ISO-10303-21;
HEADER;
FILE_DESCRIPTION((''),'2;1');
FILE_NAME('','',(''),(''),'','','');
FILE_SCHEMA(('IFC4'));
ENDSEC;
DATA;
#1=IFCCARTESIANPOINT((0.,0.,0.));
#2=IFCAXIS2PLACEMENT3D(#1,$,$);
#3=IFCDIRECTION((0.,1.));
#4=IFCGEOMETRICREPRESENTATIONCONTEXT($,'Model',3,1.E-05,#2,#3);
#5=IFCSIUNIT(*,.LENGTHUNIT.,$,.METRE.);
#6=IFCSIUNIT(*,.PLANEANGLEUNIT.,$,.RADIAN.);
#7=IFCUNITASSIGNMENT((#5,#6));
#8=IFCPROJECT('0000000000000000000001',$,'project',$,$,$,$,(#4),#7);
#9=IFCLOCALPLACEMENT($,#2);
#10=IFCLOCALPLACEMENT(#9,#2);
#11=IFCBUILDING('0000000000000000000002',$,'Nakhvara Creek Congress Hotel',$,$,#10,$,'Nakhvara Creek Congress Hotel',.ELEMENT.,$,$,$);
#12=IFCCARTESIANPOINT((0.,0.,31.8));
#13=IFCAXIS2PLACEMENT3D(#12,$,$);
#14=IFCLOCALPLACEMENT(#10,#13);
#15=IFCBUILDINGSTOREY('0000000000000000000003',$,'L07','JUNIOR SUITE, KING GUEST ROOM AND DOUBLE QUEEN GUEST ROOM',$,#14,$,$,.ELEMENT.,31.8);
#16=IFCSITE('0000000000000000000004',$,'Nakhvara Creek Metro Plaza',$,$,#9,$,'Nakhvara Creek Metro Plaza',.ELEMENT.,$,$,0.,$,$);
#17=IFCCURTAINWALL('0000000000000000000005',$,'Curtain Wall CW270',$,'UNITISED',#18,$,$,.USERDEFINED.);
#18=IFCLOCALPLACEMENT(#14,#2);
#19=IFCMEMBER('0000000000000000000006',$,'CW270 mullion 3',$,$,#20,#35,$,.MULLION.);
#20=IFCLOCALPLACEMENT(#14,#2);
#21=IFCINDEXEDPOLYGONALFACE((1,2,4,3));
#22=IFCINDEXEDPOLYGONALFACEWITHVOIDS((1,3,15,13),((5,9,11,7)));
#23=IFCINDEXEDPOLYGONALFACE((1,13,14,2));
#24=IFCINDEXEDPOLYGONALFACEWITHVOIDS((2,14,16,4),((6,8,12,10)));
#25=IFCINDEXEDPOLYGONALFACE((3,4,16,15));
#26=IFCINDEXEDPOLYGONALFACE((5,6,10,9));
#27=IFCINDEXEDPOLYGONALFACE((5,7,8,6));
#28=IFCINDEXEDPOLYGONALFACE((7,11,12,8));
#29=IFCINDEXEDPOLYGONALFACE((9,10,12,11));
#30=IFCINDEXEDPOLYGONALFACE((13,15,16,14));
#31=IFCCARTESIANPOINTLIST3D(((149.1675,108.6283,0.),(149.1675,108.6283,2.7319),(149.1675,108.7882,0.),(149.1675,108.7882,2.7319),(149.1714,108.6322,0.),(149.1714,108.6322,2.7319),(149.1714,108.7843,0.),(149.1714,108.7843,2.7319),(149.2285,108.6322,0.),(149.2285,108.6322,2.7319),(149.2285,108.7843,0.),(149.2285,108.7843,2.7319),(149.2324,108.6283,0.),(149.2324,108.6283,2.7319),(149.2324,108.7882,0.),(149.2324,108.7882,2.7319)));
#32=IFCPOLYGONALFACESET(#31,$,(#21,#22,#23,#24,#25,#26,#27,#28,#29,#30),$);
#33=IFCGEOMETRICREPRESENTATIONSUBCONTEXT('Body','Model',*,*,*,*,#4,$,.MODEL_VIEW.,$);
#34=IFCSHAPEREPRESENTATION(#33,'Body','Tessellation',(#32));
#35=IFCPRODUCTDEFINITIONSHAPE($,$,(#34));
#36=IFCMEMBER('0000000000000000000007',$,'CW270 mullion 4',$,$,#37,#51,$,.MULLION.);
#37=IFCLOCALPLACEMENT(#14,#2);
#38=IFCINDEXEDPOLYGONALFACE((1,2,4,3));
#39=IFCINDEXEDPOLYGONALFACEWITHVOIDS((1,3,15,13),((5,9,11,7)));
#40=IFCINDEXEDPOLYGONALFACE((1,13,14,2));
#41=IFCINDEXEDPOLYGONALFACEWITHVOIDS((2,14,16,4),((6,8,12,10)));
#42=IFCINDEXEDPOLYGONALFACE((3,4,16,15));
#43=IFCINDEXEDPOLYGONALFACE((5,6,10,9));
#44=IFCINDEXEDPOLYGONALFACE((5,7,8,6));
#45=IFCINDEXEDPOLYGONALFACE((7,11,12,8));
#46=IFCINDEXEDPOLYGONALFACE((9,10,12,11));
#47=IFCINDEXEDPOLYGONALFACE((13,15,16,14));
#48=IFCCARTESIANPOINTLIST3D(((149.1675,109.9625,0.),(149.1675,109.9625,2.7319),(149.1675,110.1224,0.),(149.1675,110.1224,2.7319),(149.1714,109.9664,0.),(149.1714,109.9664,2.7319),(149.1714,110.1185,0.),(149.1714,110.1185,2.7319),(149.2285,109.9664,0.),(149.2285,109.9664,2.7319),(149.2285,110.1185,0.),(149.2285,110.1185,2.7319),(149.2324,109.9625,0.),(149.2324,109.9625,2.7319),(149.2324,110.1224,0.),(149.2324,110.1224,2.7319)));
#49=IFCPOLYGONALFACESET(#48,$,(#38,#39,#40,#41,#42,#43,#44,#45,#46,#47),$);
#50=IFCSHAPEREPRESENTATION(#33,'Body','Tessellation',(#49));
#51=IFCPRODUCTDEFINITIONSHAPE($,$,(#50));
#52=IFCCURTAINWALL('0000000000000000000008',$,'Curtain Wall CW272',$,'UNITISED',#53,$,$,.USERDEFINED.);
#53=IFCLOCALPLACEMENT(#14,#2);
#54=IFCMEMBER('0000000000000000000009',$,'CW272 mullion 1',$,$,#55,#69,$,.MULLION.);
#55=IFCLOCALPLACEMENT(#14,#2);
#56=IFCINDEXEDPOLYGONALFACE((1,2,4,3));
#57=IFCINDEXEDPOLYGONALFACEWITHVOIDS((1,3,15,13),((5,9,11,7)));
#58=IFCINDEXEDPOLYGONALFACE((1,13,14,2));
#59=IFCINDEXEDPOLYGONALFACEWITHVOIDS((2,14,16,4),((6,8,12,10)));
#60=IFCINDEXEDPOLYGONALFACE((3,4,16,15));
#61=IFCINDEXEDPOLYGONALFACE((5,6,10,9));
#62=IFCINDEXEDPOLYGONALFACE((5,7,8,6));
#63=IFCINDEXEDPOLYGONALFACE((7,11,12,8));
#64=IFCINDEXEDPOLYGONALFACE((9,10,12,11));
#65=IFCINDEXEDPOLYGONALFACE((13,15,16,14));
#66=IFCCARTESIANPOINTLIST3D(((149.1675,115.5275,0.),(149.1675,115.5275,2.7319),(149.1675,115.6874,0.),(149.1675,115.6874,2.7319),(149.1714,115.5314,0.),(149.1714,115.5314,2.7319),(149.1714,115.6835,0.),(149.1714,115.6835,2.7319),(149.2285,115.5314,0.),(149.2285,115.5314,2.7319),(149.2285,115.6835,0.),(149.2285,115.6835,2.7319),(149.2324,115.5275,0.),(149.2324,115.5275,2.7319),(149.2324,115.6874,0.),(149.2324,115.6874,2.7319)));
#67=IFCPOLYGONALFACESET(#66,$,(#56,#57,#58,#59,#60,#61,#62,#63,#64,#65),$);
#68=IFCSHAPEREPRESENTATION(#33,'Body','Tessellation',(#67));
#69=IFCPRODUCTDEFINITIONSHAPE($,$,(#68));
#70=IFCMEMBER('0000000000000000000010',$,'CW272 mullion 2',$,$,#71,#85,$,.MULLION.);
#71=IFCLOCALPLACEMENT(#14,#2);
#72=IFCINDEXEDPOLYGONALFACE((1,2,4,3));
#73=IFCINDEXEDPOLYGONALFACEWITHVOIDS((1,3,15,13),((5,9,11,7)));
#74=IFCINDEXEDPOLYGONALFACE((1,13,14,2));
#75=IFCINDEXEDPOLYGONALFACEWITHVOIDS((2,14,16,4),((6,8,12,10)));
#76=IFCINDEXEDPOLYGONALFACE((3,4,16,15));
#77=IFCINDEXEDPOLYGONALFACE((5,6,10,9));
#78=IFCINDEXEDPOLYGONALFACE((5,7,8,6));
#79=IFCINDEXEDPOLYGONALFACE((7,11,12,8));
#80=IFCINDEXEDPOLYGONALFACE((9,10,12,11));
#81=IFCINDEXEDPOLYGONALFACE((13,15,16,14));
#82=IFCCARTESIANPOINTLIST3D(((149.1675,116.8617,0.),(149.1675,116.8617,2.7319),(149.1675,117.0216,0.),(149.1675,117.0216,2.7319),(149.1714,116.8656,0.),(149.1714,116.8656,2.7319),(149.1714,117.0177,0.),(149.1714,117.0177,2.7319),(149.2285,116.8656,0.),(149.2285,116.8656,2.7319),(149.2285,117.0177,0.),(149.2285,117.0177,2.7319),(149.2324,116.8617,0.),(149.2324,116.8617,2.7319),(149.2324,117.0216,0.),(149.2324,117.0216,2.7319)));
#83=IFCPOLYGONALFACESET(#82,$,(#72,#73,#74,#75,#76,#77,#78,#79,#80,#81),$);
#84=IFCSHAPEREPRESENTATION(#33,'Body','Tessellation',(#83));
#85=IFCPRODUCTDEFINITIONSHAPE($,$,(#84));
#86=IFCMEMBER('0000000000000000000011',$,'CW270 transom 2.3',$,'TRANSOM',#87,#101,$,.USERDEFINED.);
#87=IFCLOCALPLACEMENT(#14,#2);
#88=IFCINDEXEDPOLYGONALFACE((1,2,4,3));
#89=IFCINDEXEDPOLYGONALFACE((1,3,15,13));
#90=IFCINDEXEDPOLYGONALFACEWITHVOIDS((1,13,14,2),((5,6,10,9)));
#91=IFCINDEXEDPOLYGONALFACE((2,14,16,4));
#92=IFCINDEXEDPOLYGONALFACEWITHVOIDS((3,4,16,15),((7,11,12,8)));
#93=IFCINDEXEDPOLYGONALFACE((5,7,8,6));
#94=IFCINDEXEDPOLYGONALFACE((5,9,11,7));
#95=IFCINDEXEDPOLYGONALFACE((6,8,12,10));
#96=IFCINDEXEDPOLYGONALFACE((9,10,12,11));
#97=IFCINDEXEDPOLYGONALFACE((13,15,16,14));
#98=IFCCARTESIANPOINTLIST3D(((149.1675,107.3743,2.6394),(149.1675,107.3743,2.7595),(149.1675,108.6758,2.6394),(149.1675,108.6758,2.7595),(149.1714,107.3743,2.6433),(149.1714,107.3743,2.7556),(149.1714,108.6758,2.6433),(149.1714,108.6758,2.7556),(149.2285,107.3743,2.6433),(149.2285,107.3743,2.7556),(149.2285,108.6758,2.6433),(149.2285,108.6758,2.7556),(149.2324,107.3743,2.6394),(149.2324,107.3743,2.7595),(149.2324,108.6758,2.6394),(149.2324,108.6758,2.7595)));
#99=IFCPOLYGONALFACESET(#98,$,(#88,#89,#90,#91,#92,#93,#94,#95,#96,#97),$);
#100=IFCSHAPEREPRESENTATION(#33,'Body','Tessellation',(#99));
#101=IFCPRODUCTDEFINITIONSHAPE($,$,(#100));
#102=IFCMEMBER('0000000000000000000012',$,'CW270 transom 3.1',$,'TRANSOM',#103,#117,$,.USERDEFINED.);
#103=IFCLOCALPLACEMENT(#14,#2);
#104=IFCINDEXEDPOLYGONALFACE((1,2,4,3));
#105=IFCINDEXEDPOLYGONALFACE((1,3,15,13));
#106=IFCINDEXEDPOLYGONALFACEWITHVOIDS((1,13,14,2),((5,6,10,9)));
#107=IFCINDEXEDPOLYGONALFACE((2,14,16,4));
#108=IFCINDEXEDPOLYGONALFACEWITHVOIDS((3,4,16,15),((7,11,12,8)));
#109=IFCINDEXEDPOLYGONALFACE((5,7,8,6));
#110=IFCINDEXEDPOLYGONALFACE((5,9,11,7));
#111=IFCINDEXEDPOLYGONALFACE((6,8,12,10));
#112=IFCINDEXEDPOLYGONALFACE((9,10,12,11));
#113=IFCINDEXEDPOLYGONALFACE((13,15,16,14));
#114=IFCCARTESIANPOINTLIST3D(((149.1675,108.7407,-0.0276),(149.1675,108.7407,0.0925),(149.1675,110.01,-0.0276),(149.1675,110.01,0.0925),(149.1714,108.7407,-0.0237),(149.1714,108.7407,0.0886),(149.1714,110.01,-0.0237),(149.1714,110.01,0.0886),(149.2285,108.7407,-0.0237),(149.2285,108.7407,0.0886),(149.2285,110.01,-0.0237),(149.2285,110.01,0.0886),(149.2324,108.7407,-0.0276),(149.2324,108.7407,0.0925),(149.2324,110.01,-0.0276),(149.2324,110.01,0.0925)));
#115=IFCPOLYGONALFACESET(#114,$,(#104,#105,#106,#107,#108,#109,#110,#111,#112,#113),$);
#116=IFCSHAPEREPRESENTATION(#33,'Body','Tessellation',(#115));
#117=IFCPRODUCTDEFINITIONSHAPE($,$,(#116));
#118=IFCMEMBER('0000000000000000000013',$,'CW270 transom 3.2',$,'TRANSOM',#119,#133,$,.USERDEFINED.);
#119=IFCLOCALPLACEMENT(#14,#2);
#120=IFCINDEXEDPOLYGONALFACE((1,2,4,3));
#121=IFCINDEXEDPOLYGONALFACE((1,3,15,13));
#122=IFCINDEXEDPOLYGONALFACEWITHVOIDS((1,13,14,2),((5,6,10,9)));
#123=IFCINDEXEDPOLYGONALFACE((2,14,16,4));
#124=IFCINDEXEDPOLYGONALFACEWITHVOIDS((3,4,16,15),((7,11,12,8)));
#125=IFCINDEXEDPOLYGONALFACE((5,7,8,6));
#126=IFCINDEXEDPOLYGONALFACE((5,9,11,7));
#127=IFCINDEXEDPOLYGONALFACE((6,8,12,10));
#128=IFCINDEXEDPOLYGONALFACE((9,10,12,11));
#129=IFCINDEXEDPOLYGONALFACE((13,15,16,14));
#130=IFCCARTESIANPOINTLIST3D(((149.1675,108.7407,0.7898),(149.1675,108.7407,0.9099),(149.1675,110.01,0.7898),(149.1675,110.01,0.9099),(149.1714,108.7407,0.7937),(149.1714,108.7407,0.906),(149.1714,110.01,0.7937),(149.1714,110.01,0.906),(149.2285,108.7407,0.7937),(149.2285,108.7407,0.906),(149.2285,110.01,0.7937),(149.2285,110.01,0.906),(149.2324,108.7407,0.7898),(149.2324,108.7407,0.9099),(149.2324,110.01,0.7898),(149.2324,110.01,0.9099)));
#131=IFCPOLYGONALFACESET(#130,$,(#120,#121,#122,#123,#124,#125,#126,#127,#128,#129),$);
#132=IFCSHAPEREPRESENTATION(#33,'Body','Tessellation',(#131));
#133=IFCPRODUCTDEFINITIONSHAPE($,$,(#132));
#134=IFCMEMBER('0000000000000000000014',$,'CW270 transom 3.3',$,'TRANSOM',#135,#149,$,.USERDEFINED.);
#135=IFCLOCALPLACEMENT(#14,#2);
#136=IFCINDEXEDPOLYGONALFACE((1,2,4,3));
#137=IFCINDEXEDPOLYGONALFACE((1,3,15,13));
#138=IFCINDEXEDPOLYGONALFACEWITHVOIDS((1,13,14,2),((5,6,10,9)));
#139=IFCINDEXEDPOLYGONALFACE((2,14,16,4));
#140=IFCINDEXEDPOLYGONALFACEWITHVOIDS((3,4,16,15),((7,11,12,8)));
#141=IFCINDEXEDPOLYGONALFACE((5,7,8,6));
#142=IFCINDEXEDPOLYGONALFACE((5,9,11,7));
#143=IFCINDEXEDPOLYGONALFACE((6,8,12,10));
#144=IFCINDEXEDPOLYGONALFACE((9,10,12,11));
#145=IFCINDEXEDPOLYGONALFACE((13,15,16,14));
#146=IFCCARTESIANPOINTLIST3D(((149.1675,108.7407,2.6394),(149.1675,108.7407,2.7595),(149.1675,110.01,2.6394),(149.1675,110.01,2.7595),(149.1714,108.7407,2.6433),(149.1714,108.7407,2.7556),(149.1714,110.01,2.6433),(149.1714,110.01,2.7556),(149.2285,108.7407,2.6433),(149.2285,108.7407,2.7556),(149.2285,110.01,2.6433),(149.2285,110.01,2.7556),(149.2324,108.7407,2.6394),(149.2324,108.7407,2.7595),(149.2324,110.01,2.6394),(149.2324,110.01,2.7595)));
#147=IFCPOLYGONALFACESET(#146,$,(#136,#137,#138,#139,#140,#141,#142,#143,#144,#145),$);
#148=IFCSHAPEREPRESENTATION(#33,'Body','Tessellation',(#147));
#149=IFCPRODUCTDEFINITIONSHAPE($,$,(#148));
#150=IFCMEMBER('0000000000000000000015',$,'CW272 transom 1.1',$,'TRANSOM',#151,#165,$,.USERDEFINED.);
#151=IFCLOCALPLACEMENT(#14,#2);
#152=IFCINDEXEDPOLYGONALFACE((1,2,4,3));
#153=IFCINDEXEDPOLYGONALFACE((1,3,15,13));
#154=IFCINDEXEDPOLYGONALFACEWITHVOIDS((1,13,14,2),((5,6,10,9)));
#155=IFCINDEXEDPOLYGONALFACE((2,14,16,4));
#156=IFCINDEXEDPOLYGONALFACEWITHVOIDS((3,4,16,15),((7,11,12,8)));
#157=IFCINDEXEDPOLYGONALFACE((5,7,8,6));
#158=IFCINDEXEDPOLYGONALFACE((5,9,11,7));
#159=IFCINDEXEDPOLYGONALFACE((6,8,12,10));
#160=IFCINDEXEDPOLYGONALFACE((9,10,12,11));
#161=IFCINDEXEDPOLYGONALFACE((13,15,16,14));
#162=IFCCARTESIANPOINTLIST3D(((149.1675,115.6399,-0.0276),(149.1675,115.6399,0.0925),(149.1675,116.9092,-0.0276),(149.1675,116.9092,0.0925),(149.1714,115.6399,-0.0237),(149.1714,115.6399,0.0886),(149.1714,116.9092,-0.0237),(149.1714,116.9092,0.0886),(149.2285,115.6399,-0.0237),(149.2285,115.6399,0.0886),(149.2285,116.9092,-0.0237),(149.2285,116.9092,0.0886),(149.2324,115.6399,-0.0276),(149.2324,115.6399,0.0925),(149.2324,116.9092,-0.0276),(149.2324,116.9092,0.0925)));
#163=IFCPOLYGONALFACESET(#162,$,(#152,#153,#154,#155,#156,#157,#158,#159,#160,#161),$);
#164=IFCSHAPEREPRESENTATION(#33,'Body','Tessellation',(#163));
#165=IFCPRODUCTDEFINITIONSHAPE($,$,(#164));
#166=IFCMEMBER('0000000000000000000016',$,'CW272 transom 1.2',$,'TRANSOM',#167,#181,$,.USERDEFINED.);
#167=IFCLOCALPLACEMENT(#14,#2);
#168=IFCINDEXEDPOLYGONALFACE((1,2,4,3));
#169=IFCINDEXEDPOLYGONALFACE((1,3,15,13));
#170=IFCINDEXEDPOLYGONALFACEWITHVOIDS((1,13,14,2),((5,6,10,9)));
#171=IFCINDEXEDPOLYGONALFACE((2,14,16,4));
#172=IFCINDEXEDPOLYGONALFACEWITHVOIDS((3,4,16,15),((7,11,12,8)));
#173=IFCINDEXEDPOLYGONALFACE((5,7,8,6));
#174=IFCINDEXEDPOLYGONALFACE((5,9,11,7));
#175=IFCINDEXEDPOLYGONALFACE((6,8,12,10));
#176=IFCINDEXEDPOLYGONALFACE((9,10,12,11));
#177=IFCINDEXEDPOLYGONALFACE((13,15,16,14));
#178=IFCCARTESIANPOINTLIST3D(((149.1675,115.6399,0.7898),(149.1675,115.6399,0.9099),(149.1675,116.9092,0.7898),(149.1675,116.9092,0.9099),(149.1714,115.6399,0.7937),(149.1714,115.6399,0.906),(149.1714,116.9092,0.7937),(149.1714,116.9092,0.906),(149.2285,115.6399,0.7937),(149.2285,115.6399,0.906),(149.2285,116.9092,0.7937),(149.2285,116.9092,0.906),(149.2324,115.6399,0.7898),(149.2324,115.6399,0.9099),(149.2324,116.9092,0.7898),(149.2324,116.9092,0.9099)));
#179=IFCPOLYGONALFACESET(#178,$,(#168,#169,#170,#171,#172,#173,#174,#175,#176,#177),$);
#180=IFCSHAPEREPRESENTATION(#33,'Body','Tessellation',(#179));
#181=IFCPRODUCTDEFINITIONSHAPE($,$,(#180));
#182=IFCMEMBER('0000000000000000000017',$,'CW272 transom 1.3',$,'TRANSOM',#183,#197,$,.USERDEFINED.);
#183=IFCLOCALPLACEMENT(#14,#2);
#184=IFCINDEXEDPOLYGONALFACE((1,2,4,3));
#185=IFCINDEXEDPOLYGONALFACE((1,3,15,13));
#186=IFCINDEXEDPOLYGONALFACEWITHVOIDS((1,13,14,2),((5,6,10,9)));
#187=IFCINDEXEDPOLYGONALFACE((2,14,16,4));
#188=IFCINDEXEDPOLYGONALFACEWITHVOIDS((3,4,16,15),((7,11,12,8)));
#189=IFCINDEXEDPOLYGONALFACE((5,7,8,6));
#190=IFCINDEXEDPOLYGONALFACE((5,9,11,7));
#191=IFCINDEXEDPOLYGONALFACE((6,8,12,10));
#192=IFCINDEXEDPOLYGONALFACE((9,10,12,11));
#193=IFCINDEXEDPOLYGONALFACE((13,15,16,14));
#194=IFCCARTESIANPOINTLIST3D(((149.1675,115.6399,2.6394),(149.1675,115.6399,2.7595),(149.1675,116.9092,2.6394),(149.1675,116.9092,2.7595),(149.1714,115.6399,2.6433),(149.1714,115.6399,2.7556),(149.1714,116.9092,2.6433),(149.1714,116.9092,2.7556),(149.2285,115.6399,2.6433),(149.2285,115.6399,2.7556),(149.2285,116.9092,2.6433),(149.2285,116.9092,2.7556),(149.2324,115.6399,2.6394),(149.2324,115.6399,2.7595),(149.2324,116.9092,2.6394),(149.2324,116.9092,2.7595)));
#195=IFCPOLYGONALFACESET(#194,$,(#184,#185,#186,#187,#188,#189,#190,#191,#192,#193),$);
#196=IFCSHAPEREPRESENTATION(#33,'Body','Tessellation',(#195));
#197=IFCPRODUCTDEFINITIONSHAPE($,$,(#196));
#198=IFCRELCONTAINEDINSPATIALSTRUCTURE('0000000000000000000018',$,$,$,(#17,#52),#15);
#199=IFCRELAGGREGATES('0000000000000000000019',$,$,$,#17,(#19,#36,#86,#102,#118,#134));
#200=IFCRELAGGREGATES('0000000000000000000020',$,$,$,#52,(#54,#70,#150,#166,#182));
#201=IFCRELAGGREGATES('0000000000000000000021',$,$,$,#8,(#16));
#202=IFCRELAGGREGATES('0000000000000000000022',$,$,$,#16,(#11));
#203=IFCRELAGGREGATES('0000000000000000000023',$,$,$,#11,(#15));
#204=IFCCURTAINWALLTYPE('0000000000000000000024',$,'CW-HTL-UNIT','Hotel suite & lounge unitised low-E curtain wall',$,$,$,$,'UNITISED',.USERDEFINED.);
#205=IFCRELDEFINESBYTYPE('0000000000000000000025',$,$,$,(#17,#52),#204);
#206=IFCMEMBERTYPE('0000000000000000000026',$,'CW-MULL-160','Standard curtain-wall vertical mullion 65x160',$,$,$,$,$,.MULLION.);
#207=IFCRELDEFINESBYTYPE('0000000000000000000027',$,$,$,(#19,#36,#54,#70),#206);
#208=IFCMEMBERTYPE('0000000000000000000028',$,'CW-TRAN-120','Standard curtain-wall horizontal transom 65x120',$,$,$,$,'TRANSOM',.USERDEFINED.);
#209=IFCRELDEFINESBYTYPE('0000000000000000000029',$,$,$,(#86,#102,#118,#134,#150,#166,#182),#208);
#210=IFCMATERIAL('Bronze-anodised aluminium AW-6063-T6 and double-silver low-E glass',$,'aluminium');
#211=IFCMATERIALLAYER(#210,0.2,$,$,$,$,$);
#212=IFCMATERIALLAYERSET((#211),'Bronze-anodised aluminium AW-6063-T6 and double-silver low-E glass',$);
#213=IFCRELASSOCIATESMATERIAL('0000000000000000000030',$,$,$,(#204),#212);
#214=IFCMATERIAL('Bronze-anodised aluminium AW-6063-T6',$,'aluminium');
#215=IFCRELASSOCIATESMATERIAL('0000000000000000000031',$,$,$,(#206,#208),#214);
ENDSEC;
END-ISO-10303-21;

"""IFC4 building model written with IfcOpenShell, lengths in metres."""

from ifc_helpers import new_model, si_unit, direction, frame, origin, origin_2d, place, context, subcontext, project, spatial, hollow_rectangle, extrude, material, layer, layer_set, material_profile, profile_set, type_object, element, aggregate, save


model = new_model("IFC4")

# Units and contexts
model_context = context("Model", 3, precision=1e-05, world=origin(), true_north=direction((0.0, 1.0)))
body_context = subcontext(model_context, "Body", "Model", "MODEL_VIEW")
ifc_project = project(units=[si_unit("LENGTHUNIT", "METRE"), si_unit("PLANEANGLEUNIT", "RADIAN")], contexts=[model_context])

# Site, building, storey
site_placement = place(None, origin())
site = spatial("IfcSite", under=ifc_project, at=site_placement, Name="Nakhvara Creek Metro Plaza", LongName="Nakhvara Creek Metro Plaza", CompositionType="ELEMENT", RefElevation=0.0)
building_placement = place(site_placement, origin())
building = spatial("IfcBuilding", under=site, at=building_placement, Name="Nakhvara Creek Congress Hotel", LongName="Nakhvara Creek Congress Hotel", CompositionType="ELEMENT")
storey_placement = place(building_placement, frame((0.0, 0.0, 31.8)))
storey = spatial("IfcBuildingStorey", under=building, at=storey_placement, Name="L07", Description="JUNIOR SUITE, KING GUEST ROOM AND DOUBLE QUEEN GUEST ROOM", CompositionType="ELEMENT", Elevation=31.8)

# Curtain walls, members
ifc_material_1 = material(Name="Bronze-anodised aluminium AW-6063-T6 and double-silver low-E glass", Category="aluminium")
ifc_layer = layer(ifc_material_1, 0.2)
ifc_layer_set = layer_set([ifc_layer], Name="Bronze-anodised aluminium AW-6063-T6 and double-silver low-E glass")
curtain_wall_type = type_object("IfcCurtainWallType", Name="CW-HTL-UNIT", Description="Hotel suite & lounge unitised low-E curtain wall", ElementType="UNITISED", PredefinedType="USERDEFINED", material=ifc_layer_set)
curtain_wall_1_placement = place(storey_placement, origin())
curtain_wall_1 = element("IfcCurtainWall", 1, at=curtain_wall_1_placement, inside=storey, type_object=curtain_wall_type, Name="Curtain Wall CW270", ObjectType="UNITISED", PredefinedType="USERDEFINED")
ifc_material_2 = material(Name="Bronze-anodised aluminium AW-6063-T6", Category="aluminium")
ifc_material_profile_1 = material_profile(ifc_material_2, hollow_rectangle(XDim=0.0649, YDim=0.1599, WallThickness=0.0039, at=origin_2d()), Name="ALU-MULL 65x160x4", Category="LoadBearing")
ifc_profile_set_1 = profile_set([ifc_material_profile_1], Name="Bronze-anodised aluminium AW-6063-T6")
member_type_1 = type_object("IfcMemberType", Name="CW-MULL-160", Description="Standard curtain-wall vertical mullion 65x160", PredefinedType="MULLION", material=ifc_profile_set_1)
member_1_placement = place(storey_placement, frame((149.2, 108.7083, 0.0), z_axis=(0.0, 0.0, 1.0), x_axis=(-1.0, 0.0, 0.0)))
member_1 = element("IfcMember", 2, at=member_1_placement, type_object=member_type_1, Name="CW270 mullion 3", PredefinedType="MULLION", context=body_context, shape_type="SweptSolid", body=[
    extrude(hollow_rectangle(XDim=0.0649, YDim=0.1599, WallThickness=0.0039, at=origin_2d()), origin(), (0.0, 0.0, 1.0), 2.7319),
])
member_2_placement = place(storey_placement, frame((149.2, 110.0425, 0.0), z_axis=(0.0, 0.0, 1.0), x_axis=(-1.0, 0.0, 0.0)))
member_2 = element("IfcMember", 3, at=member_2_placement, type_object=member_type_1, Name="CW270 mullion 4", PredefinedType="MULLION", context=body_context, shape_type="SweptSolid", body=[
    extrude(hollow_rectangle(XDim=0.0649, YDim=0.1599, WallThickness=0.0039, at=origin_2d()), origin(), (0.0, 0.0, 1.0), 2.7319),
])
curtain_wall_2_placement = place(storey_placement, origin())
curtain_wall_2 = element("IfcCurtainWall", 4, at=curtain_wall_2_placement, inside=storey, type_object=curtain_wall_type, Name="Curtain Wall CW272", ObjectType="UNITISED", PredefinedType="USERDEFINED")
member_3_placement = place(storey_placement, frame((149.2, 115.6074, 0.0), z_axis=(0.0, 0.0, 1.0), x_axis=(-1.0, 0.0, 0.0)))
member_3 = element("IfcMember", 5, at=member_3_placement, type_object=member_type_1, Name="CW272 mullion 1", PredefinedType="MULLION", context=body_context, shape_type="SweptSolid", body=[
    extrude(hollow_rectangle(XDim=0.0649, YDim=0.1599, WallThickness=0.0039, at=origin_2d()), origin(), (0.0, 0.0, 1.0), 2.7319),
])
member_4_placement = place(storey_placement, frame((149.2, 116.9417, 0.0), z_axis=(0.0, 0.0, 1.0), x_axis=(-1.0, 0.0, 0.0)))
member_4 = element("IfcMember", 6, at=member_4_placement, type_object=member_type_1, Name="CW272 mullion 2", PredefinedType="MULLION", context=body_context, shape_type="SweptSolid", body=[
    extrude(hollow_rectangle(XDim=0.0649, YDim=0.1599, WallThickness=0.0039, at=origin_2d()), origin(), (0.0, 0.0, 1.0), 2.7319),
])

# Members
ifc_material_profile_2 = material_profile(ifc_material_2, hollow_rectangle(XDim=0.0649, YDim=0.1201, WallThickness=0.0039, at=origin_2d()), Name="ALU-TRAN 65x120x4", Category="LoadBearing")
ifc_profile_set_2 = profile_set([ifc_material_profile_2], Name="Bronze-anodised aluminium AW-6063-T6")
member_type_2 = type_object("IfcMemberType", Name="CW-TRAN-120", Description="Standard curtain-wall horizontal transom 65x120", ElementType="TRANSOM", PredefinedType="USERDEFINED", material=ifc_profile_set_2)
member_5_placement = place(storey_placement, frame((149.2, 107.3743, 2.6995), z_axis=(0.0, 1.0, 0.0), x_axis=(-1.0, 0.0, 0.0)))
member_5 = element("IfcMember", 7, at=member_5_placement, type_object=member_type_2, Name="CW270 transom 2.3", ObjectType="TRANSOM", PredefinedType="USERDEFINED", context=body_context, shape_type="SweptSolid", body=[
    extrude(hollow_rectangle(XDim=0.0649, YDim=0.1201, WallThickness=0.0039, at=origin_2d()), origin(), (0.0, 0.0, 1.0), 1.3015),
])
member_6_placement = place(storey_placement, frame((149.2, 108.7407, 0.0325), z_axis=(0.0, 1.0, 0.0), x_axis=(-1.0, 0.0, 0.0)))
member_6 = element("IfcMember", 8, at=member_6_placement, type_object=member_type_2, Name="CW270 transom 3.1", ObjectType="TRANSOM", PredefinedType="USERDEFINED", context=body_context, shape_type="SweptSolid", body=[
    extrude(hollow_rectangle(XDim=0.0649, YDim=0.1201, WallThickness=0.0039, at=origin_2d()), origin(), (0.0, 0.0, 1.0), 1.2693),
])
member_7_placement = place(storey_placement, frame((149.2, 108.7407, 0.8499), z_axis=(0.0, 1.0, 0.0), x_axis=(-1.0, 0.0, 0.0)))
member_7 = element("IfcMember", 9, at=member_7_placement, type_object=member_type_2, Name="CW270 transom 3.2", ObjectType="TRANSOM", PredefinedType="USERDEFINED", context=body_context, shape_type="SweptSolid", body=[
    extrude(hollow_rectangle(XDim=0.0649, YDim=0.1201, WallThickness=0.0039, at=origin_2d()), origin(), (0.0, 0.0, 1.0), 1.2693),
])
member_8_placement = place(storey_placement, frame((149.2, 108.7407, 2.6995), z_axis=(0.0, 1.0, 0.0), x_axis=(-1.0, 0.0, 0.0)))
member_8 = element("IfcMember", 10, at=member_8_placement, type_object=member_type_2, Name="CW270 transom 3.3", ObjectType="TRANSOM", PredefinedType="USERDEFINED", context=body_context, shape_type="SweptSolid", body=[
    extrude(hollow_rectangle(XDim=0.0649, YDim=0.1201, WallThickness=0.0039, at=origin_2d()), origin(), (0.0, 0.0, 1.0), 1.2693),
])
member_9_placement = place(storey_placement, frame((149.2, 115.6399, 0.0325), z_axis=(0.0, 1.0, 0.0), x_axis=(-1.0, 0.0, 0.0)))
member_9 = element("IfcMember", 11, at=member_9_placement, type_object=member_type_2, Name="CW272 transom 1.1", ObjectType="TRANSOM", PredefinedType="USERDEFINED", context=body_context, shape_type="SweptSolid", body=[
    extrude(hollow_rectangle(XDim=0.0649, YDim=0.1201, WallThickness=0.0039, at=origin_2d()), origin(), (0.0, 0.0, 1.0), 1.2693),
])
member_10_placement = place(storey_placement, frame((149.2, 115.6399, 0.8499), z_axis=(0.0, 1.0, 0.0), x_axis=(-1.0, 0.0, 0.0)))
member_10 = element("IfcMember", 12, at=member_10_placement, type_object=member_type_2, Name="CW272 transom 1.2", ObjectType="TRANSOM", PredefinedType="USERDEFINED", context=body_context, shape_type="SweptSolid", body=[
    extrude(hollow_rectangle(XDim=0.0649, YDim=0.1201, WallThickness=0.0039, at=origin_2d()), origin(), (0.0, 0.0, 1.0), 1.2693),
])
member_11_placement = place(storey_placement, frame((149.2, 115.6399, 2.6995), z_axis=(0.0, 1.0, 0.0), x_axis=(-1.0, 0.0, 0.0)))
member_11 = element("IfcMember", 13, at=member_11_placement, type_object=member_type_2, Name="CW272 transom 1.3", ObjectType="TRANSOM", PredefinedType="USERDEFINED", context=body_context, shape_type="SweptSolid", body=[
    extrude(hollow_rectangle(XDim=0.0649, YDim=0.1201, WallThickness=0.0039, at=origin_2d()), origin(), (0.0, 0.0, 1.0), 1.2693),
])

aggregate(curtain_wall_1, [member_1, member_2, member_5, member_6, member_7, member_8])
aggregate(curtain_wall_2, [member_3, member_4, member_9, member_10, member_11])

save(model, "model.ifc")
